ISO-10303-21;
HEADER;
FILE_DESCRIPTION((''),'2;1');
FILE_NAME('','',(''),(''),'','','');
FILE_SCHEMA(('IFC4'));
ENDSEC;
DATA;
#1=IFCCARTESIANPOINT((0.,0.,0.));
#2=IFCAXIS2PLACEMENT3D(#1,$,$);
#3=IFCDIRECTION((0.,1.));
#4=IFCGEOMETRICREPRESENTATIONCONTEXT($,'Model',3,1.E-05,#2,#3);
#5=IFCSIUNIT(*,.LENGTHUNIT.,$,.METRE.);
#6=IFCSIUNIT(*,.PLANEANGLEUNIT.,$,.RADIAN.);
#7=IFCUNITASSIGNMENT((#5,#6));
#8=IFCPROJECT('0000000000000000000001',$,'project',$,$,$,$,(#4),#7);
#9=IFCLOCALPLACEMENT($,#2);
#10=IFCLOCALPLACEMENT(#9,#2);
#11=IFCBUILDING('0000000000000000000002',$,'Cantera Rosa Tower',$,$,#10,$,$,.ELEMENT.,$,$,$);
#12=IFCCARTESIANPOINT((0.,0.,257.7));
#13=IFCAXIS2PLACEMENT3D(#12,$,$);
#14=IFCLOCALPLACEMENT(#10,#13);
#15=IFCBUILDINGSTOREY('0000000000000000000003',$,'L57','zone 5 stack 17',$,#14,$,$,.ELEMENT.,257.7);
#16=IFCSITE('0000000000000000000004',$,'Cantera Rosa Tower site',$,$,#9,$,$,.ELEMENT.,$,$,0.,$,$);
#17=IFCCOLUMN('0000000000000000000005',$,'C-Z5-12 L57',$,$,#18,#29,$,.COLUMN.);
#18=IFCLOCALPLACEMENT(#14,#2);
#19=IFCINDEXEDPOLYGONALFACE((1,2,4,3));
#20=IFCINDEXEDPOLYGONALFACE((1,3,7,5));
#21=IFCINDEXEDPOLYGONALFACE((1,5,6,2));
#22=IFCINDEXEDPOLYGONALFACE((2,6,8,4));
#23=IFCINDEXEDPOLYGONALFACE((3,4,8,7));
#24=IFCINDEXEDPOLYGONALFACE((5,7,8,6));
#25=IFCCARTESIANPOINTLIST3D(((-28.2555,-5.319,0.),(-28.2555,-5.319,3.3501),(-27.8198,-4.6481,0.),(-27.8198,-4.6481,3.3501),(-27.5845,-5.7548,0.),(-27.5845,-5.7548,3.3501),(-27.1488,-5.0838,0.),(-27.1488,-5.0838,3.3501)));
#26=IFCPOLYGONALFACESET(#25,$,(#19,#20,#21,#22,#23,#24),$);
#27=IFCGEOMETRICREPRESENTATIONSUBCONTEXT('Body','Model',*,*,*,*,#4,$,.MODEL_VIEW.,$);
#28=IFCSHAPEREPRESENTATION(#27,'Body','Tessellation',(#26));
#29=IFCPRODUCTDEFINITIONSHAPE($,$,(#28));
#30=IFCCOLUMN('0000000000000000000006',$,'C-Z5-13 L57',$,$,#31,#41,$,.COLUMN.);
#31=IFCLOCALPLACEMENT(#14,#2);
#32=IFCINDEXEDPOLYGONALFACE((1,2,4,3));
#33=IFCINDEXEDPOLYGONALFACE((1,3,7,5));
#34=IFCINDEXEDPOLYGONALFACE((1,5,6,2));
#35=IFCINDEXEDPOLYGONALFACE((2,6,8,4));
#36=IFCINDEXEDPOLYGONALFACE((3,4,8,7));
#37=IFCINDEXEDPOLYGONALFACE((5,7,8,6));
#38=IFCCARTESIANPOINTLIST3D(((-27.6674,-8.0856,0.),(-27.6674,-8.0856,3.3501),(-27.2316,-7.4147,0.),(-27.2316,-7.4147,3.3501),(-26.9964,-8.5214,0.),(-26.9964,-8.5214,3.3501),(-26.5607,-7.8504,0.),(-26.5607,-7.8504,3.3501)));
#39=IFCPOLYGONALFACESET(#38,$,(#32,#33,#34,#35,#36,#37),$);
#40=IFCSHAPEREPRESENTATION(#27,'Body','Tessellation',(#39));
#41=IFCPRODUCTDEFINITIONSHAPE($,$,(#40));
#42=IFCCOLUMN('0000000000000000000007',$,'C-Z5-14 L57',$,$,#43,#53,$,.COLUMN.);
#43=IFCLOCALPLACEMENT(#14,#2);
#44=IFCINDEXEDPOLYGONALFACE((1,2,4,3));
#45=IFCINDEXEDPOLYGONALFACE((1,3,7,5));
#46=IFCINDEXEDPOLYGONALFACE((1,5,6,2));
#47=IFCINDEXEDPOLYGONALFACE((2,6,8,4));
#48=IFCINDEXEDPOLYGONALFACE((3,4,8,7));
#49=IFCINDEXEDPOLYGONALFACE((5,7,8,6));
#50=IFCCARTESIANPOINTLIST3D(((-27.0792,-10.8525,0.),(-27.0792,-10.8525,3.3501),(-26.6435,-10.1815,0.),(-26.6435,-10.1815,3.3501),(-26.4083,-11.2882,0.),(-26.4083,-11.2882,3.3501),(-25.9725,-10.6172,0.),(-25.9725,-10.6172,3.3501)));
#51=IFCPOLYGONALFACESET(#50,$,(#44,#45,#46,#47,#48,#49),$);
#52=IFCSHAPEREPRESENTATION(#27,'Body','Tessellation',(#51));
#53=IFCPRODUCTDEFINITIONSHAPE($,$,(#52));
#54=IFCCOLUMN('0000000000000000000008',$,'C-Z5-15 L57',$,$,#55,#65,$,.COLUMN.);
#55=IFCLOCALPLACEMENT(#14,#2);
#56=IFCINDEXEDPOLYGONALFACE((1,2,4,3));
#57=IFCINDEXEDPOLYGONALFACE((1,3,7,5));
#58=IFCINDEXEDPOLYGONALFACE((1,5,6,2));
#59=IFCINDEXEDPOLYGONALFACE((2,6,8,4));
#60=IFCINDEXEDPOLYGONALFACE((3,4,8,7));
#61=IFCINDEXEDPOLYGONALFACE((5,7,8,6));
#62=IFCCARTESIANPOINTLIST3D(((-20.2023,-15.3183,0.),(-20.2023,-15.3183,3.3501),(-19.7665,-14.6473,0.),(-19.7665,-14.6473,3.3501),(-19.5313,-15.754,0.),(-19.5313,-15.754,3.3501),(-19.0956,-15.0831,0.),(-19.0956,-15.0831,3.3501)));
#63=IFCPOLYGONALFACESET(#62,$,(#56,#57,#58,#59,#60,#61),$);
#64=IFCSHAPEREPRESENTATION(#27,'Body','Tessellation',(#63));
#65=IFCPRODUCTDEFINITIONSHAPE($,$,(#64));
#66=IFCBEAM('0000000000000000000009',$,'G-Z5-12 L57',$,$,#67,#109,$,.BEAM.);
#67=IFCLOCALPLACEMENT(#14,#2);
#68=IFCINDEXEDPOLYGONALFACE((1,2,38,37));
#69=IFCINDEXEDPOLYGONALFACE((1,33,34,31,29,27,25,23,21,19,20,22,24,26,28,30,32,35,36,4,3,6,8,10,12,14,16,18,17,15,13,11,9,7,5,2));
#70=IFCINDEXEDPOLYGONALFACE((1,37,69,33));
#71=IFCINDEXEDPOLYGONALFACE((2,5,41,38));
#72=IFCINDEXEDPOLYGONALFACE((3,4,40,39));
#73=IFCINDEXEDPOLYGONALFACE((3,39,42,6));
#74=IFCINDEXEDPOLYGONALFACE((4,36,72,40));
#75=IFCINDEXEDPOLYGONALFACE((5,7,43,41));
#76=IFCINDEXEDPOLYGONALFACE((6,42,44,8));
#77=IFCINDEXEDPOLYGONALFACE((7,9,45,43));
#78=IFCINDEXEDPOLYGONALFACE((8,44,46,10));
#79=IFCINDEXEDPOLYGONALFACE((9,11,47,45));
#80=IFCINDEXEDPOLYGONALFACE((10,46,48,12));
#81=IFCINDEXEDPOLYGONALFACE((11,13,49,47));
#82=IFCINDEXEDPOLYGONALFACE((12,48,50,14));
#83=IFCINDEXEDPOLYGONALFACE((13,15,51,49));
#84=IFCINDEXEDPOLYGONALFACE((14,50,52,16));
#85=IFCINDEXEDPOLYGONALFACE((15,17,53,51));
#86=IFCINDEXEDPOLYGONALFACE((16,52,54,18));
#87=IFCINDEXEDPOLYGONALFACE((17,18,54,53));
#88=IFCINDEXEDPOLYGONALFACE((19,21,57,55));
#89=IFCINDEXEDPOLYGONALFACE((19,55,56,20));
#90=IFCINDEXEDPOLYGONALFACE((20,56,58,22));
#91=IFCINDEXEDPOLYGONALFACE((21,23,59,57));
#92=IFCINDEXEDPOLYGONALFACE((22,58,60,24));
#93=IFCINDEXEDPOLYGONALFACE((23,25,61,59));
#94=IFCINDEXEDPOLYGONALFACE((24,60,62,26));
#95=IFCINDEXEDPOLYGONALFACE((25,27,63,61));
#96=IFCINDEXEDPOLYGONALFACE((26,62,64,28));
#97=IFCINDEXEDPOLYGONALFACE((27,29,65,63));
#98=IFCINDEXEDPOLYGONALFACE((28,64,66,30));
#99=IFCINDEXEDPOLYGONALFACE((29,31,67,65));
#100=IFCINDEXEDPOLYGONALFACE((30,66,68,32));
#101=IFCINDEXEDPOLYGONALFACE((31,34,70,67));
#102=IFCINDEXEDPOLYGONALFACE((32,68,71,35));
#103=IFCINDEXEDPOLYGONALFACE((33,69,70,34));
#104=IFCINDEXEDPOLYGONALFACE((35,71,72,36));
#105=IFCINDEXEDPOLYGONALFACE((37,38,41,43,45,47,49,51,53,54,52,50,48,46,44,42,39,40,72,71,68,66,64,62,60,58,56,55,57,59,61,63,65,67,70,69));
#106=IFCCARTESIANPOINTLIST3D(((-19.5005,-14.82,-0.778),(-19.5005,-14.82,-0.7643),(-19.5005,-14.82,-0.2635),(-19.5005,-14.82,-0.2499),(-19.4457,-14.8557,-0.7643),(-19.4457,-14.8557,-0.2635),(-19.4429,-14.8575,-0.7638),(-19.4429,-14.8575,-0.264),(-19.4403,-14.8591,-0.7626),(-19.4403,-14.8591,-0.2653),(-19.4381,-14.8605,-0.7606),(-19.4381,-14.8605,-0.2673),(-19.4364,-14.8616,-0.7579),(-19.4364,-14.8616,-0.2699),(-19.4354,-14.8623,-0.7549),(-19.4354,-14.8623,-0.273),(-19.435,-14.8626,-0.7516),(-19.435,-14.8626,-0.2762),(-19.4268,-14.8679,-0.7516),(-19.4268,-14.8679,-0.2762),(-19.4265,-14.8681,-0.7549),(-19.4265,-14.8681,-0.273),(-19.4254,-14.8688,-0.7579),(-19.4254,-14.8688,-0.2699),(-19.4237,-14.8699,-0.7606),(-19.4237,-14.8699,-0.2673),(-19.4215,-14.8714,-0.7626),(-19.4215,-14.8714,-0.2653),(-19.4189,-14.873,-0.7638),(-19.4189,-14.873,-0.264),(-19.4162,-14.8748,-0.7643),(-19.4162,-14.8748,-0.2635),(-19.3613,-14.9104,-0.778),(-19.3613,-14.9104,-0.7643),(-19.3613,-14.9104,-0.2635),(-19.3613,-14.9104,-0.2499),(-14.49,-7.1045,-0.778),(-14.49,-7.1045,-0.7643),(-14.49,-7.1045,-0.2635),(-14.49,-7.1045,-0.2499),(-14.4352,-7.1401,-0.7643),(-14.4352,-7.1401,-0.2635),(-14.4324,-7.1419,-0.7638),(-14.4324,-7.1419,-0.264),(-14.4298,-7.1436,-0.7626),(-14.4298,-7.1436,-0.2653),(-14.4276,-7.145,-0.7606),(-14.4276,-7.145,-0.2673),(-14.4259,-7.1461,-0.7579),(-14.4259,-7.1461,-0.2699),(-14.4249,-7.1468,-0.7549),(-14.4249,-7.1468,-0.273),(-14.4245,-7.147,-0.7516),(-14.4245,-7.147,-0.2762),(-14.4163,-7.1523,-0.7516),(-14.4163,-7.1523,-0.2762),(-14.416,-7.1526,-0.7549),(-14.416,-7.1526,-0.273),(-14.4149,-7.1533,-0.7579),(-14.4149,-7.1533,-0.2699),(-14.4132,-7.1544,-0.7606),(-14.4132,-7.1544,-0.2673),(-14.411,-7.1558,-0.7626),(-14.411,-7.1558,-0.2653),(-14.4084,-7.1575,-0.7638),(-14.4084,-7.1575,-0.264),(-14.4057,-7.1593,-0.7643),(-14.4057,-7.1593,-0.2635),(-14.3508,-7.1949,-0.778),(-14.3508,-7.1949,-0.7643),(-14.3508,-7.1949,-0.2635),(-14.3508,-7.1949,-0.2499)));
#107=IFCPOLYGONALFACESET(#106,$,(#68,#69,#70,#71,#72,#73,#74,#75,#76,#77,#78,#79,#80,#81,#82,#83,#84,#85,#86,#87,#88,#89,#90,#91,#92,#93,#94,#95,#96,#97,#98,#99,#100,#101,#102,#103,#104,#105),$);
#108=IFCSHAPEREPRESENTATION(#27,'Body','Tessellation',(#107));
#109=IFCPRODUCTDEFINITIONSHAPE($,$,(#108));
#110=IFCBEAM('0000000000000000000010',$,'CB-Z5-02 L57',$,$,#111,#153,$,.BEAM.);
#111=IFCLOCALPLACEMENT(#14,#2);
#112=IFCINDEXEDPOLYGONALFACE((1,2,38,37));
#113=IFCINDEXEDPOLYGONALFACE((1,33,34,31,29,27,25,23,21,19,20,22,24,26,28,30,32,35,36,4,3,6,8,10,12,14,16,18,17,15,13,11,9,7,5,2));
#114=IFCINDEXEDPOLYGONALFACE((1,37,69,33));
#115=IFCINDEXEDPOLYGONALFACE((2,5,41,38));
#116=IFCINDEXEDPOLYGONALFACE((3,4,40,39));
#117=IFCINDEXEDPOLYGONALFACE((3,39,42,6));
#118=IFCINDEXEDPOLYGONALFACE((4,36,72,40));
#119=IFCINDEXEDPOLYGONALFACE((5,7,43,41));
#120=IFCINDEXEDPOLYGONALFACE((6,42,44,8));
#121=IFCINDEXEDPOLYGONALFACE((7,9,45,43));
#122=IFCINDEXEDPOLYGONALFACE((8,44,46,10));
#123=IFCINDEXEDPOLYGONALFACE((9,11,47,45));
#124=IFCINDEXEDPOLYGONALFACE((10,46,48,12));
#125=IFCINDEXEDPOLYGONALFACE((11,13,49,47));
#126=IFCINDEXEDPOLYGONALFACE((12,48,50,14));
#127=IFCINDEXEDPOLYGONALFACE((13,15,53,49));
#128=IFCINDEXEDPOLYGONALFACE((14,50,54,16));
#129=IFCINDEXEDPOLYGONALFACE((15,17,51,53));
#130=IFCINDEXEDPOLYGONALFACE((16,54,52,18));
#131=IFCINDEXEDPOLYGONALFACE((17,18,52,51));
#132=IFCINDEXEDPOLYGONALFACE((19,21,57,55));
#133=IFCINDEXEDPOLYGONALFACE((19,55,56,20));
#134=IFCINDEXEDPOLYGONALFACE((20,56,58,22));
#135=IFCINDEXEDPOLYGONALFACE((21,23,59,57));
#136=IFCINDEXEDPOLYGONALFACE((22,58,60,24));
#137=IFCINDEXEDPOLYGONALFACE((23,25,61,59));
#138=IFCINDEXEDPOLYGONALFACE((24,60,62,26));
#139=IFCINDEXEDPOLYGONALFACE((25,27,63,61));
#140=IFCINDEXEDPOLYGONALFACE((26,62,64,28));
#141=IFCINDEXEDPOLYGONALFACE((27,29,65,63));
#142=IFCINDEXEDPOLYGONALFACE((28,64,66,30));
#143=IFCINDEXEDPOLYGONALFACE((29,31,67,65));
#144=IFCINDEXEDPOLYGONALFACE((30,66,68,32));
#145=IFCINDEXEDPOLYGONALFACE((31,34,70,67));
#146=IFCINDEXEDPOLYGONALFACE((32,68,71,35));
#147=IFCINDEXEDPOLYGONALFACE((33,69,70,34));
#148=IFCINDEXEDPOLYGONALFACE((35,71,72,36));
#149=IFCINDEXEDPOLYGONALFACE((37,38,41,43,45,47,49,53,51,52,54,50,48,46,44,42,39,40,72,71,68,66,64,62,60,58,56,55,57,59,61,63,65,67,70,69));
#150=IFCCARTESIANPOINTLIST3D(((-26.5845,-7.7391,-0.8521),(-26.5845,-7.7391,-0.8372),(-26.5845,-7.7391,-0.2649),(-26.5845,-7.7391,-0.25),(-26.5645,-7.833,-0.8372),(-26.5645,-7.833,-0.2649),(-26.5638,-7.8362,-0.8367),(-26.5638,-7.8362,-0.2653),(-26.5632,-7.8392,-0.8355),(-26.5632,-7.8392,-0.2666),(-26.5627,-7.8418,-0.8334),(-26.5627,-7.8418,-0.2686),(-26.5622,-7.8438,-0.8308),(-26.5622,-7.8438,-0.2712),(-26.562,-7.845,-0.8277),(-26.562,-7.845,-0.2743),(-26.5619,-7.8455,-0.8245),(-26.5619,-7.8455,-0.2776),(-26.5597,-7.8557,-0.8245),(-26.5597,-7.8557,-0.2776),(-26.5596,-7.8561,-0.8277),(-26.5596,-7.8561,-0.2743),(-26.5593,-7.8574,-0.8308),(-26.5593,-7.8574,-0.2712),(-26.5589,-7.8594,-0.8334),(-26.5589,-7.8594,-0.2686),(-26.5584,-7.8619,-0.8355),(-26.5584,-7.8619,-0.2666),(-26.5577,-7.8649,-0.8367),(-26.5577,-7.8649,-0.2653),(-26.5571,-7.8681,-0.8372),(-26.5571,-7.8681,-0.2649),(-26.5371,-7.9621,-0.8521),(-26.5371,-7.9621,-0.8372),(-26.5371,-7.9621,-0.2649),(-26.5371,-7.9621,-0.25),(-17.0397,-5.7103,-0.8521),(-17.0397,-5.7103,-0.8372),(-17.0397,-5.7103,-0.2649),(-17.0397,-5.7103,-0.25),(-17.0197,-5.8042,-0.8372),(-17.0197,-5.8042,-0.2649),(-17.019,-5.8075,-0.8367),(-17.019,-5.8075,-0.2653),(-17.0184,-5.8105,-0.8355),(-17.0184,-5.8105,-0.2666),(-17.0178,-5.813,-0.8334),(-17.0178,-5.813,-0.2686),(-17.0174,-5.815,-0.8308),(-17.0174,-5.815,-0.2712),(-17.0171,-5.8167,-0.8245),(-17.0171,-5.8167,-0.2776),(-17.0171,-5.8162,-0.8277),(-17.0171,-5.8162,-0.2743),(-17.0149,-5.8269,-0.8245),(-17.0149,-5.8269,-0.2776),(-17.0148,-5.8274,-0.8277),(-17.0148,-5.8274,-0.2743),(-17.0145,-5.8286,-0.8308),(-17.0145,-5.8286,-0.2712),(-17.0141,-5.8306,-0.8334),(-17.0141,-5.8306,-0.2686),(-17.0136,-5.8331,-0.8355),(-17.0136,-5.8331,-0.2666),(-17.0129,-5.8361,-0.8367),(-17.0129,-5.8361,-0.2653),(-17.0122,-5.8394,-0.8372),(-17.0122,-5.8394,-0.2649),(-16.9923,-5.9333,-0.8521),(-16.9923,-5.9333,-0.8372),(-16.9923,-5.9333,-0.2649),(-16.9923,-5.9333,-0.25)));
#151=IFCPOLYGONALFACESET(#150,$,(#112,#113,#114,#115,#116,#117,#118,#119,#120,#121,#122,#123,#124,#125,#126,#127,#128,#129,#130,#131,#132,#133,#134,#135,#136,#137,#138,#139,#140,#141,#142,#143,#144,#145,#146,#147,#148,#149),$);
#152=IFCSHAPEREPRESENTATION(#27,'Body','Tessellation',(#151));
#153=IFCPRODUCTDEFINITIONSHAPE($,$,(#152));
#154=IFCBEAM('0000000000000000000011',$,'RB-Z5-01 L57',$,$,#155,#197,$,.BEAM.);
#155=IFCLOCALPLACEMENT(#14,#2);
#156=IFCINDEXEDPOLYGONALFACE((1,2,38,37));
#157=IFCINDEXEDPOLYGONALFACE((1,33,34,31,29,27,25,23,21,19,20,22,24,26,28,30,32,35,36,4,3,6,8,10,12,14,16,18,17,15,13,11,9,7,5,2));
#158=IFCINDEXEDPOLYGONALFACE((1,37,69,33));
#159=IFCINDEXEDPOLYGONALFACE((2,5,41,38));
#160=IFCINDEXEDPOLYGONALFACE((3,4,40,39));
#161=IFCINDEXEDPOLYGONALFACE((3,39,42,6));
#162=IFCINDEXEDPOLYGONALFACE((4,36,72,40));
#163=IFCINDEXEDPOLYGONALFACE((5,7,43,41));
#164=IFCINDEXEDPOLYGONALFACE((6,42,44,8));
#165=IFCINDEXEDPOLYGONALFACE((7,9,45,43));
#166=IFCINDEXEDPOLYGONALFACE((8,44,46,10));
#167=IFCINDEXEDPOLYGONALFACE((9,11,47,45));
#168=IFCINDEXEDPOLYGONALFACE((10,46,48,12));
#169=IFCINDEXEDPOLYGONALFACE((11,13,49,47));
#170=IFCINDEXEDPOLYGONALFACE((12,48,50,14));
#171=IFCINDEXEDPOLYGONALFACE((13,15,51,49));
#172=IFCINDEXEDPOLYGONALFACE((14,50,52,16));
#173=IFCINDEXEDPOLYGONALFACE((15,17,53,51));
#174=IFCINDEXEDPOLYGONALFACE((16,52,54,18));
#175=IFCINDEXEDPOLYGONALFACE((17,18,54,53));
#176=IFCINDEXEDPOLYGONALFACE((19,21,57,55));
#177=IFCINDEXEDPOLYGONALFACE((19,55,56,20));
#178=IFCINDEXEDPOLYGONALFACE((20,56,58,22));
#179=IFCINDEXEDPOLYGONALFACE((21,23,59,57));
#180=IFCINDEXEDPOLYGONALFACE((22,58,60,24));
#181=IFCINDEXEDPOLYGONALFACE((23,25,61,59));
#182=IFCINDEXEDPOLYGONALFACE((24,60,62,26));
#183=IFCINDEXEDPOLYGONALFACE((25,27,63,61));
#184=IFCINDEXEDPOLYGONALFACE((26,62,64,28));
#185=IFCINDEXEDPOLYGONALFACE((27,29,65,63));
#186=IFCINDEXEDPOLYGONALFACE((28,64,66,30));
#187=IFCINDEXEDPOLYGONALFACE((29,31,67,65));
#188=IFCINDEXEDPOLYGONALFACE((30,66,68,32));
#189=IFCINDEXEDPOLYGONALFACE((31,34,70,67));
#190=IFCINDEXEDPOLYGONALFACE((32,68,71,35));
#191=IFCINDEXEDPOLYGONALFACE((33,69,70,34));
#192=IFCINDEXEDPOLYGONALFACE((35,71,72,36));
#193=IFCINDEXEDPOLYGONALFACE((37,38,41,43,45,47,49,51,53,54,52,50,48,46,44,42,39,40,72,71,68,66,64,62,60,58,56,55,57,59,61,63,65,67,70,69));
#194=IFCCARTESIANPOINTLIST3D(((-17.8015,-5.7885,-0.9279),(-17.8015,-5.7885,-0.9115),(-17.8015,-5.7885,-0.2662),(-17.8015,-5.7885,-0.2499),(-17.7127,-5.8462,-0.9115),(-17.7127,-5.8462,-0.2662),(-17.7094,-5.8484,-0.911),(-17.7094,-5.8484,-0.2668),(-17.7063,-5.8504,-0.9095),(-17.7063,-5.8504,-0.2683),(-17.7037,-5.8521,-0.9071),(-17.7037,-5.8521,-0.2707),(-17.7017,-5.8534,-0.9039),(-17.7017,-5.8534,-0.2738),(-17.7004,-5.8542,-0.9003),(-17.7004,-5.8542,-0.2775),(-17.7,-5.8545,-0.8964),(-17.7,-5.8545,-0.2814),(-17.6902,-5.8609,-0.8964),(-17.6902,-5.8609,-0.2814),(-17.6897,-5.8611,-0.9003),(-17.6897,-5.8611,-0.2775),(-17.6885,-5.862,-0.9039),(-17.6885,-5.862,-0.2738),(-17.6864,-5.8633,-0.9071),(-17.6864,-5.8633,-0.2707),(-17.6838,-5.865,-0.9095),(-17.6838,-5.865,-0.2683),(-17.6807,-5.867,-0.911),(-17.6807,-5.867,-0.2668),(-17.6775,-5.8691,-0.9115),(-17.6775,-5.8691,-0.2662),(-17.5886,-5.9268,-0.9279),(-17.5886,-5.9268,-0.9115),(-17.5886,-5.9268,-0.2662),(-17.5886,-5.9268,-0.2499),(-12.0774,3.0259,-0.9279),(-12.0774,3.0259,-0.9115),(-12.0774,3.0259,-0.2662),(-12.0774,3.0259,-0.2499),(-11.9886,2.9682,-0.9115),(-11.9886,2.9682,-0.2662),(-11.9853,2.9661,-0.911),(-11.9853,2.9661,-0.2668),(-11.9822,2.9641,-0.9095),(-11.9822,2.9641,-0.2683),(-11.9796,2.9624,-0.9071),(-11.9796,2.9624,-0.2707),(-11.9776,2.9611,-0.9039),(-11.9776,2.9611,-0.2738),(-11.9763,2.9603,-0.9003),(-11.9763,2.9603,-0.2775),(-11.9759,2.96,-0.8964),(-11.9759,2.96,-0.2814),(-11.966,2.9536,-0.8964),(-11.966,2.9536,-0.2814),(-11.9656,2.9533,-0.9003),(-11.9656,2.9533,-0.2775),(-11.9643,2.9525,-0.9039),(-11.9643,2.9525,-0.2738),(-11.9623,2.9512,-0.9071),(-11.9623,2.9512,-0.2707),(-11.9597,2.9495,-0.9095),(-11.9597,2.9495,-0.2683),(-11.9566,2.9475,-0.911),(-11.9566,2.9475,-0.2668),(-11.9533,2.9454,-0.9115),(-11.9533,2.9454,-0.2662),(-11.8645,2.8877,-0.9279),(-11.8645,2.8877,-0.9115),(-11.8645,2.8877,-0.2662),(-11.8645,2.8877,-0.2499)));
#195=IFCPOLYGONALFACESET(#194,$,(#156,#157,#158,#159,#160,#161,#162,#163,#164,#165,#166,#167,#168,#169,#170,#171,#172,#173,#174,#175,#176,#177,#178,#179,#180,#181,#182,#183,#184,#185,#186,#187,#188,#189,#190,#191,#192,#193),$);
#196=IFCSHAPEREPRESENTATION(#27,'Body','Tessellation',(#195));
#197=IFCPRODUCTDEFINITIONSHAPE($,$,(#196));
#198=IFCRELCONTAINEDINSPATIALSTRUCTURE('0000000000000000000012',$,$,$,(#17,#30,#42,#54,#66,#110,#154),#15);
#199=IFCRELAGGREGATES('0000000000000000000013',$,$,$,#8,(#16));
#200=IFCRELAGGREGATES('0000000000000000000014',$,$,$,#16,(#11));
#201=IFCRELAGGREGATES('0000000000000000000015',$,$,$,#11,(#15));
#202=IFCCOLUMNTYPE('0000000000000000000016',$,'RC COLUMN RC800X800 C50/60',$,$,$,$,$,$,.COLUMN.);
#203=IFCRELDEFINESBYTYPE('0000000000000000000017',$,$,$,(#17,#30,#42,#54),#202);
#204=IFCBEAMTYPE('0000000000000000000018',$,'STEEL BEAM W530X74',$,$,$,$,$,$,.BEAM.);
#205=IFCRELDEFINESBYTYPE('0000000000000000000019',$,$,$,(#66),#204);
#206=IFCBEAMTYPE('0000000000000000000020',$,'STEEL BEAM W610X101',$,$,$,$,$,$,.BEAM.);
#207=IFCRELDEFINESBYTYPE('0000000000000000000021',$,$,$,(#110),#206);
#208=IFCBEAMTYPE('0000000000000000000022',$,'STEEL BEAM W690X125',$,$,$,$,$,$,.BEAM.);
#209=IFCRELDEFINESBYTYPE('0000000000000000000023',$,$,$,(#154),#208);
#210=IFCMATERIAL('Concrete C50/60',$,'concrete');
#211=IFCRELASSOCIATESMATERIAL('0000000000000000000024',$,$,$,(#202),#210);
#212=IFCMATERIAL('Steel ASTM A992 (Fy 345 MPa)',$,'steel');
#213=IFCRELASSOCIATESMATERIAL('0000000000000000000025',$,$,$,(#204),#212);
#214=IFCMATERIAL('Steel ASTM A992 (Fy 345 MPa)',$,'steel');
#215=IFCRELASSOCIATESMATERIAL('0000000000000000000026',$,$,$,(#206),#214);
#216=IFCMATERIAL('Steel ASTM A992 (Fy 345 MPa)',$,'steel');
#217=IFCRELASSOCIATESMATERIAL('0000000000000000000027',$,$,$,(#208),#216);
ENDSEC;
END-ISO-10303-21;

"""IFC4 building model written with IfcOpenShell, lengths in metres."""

from ifc_helpers import new_model, si_unit, direction, frame, origin, origin_2d, place, context, subcontext, project, spatial, rectangle, i_section, extrude, material, material_profile, profile_set, type_object, element, save


model = new_model("IFC4")

# Units and contexts
model_context = context("Model", 3, precision=1e-05, world=origin(), true_north=direction((0.0, 1.0)))
body_context = subcontext(model_context, "Body", "Model", "MODEL_VIEW")
ifc_project = project(units=[si_unit("LENGTHUNIT", "METRE"), si_unit("PLANEANGLEUNIT", "RADIAN")], contexts=[model_context])

# Site, building, storey
site_placement = place(None, origin())
site = spatial("IfcSite", under=ifc_project, at=site_placement, Name="Cantera Rosa Tower site", CompositionType="ELEMENT", RefElevation=0.0)
building_placement = place(site_placement, origin())
building = spatial("IfcBuilding", under=site, at=building_placement, Name="Cantera Rosa Tower", CompositionType="ELEMENT")
storey_placement = place(building_placement, frame((0.0, 0.0, 257.7)))
storey = spatial("IfcBuildingStorey", under=building, at=storey_placement, Name="L57", Description="zone 5 stack 17", CompositionType="ELEMENT", Elevation=257.7)

# Columns
ifc_material_1 = material(Name="Concrete C50/60", Category="concrete")
ifc_material_profile_1 = material_profile(ifc_material_1, rectangle(XDim=0.8, YDim=0.8, at=origin_2d()), Name="RC COLUMN RC800X800 C50/60")
ifc_profile_set_1 = profile_set([ifc_material_profile_1], Name="Concrete C50/60")
column_type = type_object("IfcColumnType", Name="RC COLUMN RC800X800 C50/60", PredefinedType="COLUMN", material=ifc_profile_set_1)
for number, where, z_axis, x_axis, name in (
    (1, (-27.7021, -5.2014, 0.0), (0.0, 0.0, 1.0), (0.544639, 0.838671, 0.0), "C-Z5-12 L57"),
    (2, (-27.114, -7.968, 0.0), (0.0, 0.0, 1.0), (0.544639, 0.838671, 0.0), "C-Z5-13 L57"),
    (3, (-26.5259, -10.7349, 0.0), (0.0, 0.0, 1.0), (0.544639, 0.838671, 0.0), "C-Z5-14 L57"),
    (4, (-19.6489, -15.2007, 0.0), (0.0, 0.0, 1.0), (0.544639, 0.838671, 0.0), "C-Z5-15 L57"),
):
    element("IfcColumn", number, at=place(storey_placement, frame(where, z_axis=z_axis, x_axis=x_axis)), inside=storey, type_object=column_type, Name=name, PredefinedType="COLUMN", context=body_context, shape_type="SweptSolid", body=[
        extrude(rectangle(XDim=0.8, YDim=0.8, at=origin_2d()), origin(), (0.0, 0.0, 1.0), 3.3501),
    ])

# Beams
ifc_material_2 = material(Name="Steel ASTM A992 (Fy 345 MPa)", Category="steel")
ifc_material_profile_2 = material_profile(ifc_material_2, i_section(OverallWidth=0.166, OverallDepth=0.5281, WebThickness=0.0098, FlangeThickness=0.0137, FilletRadius=0.0127, at=origin_2d()), Name="W530X74")
ifc_profile_set_2 = profile_set([ifc_material_profile_2], Name="Steel ASTM A992 (Fy 345 MPa)")
beam_type_1 = type_object("IfcBeamType", Name="STEEL BEAM W530X74", PredefinedType="BEAM", material=ifc_profile_set_2)
beam_1_placement = place(storey_placement, frame((-19.4309, -14.8652, -0.5139), z_axis=(0.544635, 0.838673, 0.0), x_axis=(-0.838673, 0.544635, 0.0)))
element("IfcBeam", 5, at=beam_1_placement, inside=storey, type_object=beam_type_1, Name="G-Z5-12 L57", PredefinedType="BEAM", context=body_context, shape_type="SweptSolid", body=[
    extrude(i_section(OverallWidth=0.166, OverallDepth=0.5281, WebThickness=0.0098, FlangeThickness=0.0137, FilletRadius=0.0127, at=origin_2d()), origin(), (0.0, 0.0, 1.0), 9.1997),
])
ifc_material_3 = material(Name="Steel ASTM A992 (Fy 345 MPa)", Category="steel")
ifc_material_profile_3 = material_profile(ifc_material_3, i_section(OverallWidth=0.228, OverallDepth=0.6021, WebThickness=0.0105, FlangeThickness=0.0149, FilletRadius=0.0127, at=origin_2d()), Name="W610X101")
ifc_profile_set_3 = profile_set([ifc_material_profile_3], Name="Steel ASTM A992 (Fy 345 MPa)")
beam_type_2 = type_object("IfcBeamType", Name="STEEL BEAM W610X101", PredefinedType="BEAM", material=ifc_profile_set_3)
beam_2_placement = place(storey_placement, frame((-26.5608, -7.8506, -0.551), z_axis=(0.978148, 0.207909, 0.0), x_axis=(-0.207909, 0.978148, 0.0)))
element("IfcBeam", 6, at=beam_2_placement, inside=storey, type_object=beam_type_2, Name="CB-Z5-02 L57", PredefinedType="BEAM", context=body_context, shape_type="SweptSolid", body=[
    extrude(i_section(OverallWidth=0.228, OverallDepth=0.6021, WebThickness=0.0105, FlangeThickness=0.0149, FilletRadius=0.0127, at=origin_2d()), origin(), (0.0, 0.0, 1.0), 9.7581),
])
ifc_material_4 = material(Name="Steel ASTM A992 (Fy 345 MPa)", Category="steel")
ifc_material_profile_4 = material_profile(ifc_material_4, i_section(OverallWidth=0.2539, OverallDepth=0.678, WebThickness=0.0117, FlangeThickness=0.0164, FilletRadius=0.0151, at=origin_2d()), Name="W690X125")
ifc_profile_set_4 = profile_set([ifc_material_profile_4], Name="Steel ASTM A992 (Fy 345 MPa)")
beam_type_3 = type_object("IfcBeamType", Name="STEEL BEAM W690X125", PredefinedType="BEAM", material=ifc_profile_set_4)
beam_3_placement = place(storey_placement, frame((-17.6951, -5.8577, -0.5889), z_axis=(0.544636, 0.838673, 0.0), x_axis=(-0.838673, 0.544636, 0.0)))
element("IfcBeam", 7, at=beam_3_placement, inside=storey, type_object=beam_type_3, Name="RB-Z5-01 L57", PredefinedType="BEAM", context=body_context, shape_type="SweptSolid", body=[
    extrude(i_section(OverallWidth=0.2539, OverallDepth=0.678, WebThickness=0.0117, FlangeThickness=0.0164, FilletRadius=0.0151, at=origin_2d()), origin(), (0.0, 0.0, 1.0), 10.51),
])

save(model, "model.ifc")
